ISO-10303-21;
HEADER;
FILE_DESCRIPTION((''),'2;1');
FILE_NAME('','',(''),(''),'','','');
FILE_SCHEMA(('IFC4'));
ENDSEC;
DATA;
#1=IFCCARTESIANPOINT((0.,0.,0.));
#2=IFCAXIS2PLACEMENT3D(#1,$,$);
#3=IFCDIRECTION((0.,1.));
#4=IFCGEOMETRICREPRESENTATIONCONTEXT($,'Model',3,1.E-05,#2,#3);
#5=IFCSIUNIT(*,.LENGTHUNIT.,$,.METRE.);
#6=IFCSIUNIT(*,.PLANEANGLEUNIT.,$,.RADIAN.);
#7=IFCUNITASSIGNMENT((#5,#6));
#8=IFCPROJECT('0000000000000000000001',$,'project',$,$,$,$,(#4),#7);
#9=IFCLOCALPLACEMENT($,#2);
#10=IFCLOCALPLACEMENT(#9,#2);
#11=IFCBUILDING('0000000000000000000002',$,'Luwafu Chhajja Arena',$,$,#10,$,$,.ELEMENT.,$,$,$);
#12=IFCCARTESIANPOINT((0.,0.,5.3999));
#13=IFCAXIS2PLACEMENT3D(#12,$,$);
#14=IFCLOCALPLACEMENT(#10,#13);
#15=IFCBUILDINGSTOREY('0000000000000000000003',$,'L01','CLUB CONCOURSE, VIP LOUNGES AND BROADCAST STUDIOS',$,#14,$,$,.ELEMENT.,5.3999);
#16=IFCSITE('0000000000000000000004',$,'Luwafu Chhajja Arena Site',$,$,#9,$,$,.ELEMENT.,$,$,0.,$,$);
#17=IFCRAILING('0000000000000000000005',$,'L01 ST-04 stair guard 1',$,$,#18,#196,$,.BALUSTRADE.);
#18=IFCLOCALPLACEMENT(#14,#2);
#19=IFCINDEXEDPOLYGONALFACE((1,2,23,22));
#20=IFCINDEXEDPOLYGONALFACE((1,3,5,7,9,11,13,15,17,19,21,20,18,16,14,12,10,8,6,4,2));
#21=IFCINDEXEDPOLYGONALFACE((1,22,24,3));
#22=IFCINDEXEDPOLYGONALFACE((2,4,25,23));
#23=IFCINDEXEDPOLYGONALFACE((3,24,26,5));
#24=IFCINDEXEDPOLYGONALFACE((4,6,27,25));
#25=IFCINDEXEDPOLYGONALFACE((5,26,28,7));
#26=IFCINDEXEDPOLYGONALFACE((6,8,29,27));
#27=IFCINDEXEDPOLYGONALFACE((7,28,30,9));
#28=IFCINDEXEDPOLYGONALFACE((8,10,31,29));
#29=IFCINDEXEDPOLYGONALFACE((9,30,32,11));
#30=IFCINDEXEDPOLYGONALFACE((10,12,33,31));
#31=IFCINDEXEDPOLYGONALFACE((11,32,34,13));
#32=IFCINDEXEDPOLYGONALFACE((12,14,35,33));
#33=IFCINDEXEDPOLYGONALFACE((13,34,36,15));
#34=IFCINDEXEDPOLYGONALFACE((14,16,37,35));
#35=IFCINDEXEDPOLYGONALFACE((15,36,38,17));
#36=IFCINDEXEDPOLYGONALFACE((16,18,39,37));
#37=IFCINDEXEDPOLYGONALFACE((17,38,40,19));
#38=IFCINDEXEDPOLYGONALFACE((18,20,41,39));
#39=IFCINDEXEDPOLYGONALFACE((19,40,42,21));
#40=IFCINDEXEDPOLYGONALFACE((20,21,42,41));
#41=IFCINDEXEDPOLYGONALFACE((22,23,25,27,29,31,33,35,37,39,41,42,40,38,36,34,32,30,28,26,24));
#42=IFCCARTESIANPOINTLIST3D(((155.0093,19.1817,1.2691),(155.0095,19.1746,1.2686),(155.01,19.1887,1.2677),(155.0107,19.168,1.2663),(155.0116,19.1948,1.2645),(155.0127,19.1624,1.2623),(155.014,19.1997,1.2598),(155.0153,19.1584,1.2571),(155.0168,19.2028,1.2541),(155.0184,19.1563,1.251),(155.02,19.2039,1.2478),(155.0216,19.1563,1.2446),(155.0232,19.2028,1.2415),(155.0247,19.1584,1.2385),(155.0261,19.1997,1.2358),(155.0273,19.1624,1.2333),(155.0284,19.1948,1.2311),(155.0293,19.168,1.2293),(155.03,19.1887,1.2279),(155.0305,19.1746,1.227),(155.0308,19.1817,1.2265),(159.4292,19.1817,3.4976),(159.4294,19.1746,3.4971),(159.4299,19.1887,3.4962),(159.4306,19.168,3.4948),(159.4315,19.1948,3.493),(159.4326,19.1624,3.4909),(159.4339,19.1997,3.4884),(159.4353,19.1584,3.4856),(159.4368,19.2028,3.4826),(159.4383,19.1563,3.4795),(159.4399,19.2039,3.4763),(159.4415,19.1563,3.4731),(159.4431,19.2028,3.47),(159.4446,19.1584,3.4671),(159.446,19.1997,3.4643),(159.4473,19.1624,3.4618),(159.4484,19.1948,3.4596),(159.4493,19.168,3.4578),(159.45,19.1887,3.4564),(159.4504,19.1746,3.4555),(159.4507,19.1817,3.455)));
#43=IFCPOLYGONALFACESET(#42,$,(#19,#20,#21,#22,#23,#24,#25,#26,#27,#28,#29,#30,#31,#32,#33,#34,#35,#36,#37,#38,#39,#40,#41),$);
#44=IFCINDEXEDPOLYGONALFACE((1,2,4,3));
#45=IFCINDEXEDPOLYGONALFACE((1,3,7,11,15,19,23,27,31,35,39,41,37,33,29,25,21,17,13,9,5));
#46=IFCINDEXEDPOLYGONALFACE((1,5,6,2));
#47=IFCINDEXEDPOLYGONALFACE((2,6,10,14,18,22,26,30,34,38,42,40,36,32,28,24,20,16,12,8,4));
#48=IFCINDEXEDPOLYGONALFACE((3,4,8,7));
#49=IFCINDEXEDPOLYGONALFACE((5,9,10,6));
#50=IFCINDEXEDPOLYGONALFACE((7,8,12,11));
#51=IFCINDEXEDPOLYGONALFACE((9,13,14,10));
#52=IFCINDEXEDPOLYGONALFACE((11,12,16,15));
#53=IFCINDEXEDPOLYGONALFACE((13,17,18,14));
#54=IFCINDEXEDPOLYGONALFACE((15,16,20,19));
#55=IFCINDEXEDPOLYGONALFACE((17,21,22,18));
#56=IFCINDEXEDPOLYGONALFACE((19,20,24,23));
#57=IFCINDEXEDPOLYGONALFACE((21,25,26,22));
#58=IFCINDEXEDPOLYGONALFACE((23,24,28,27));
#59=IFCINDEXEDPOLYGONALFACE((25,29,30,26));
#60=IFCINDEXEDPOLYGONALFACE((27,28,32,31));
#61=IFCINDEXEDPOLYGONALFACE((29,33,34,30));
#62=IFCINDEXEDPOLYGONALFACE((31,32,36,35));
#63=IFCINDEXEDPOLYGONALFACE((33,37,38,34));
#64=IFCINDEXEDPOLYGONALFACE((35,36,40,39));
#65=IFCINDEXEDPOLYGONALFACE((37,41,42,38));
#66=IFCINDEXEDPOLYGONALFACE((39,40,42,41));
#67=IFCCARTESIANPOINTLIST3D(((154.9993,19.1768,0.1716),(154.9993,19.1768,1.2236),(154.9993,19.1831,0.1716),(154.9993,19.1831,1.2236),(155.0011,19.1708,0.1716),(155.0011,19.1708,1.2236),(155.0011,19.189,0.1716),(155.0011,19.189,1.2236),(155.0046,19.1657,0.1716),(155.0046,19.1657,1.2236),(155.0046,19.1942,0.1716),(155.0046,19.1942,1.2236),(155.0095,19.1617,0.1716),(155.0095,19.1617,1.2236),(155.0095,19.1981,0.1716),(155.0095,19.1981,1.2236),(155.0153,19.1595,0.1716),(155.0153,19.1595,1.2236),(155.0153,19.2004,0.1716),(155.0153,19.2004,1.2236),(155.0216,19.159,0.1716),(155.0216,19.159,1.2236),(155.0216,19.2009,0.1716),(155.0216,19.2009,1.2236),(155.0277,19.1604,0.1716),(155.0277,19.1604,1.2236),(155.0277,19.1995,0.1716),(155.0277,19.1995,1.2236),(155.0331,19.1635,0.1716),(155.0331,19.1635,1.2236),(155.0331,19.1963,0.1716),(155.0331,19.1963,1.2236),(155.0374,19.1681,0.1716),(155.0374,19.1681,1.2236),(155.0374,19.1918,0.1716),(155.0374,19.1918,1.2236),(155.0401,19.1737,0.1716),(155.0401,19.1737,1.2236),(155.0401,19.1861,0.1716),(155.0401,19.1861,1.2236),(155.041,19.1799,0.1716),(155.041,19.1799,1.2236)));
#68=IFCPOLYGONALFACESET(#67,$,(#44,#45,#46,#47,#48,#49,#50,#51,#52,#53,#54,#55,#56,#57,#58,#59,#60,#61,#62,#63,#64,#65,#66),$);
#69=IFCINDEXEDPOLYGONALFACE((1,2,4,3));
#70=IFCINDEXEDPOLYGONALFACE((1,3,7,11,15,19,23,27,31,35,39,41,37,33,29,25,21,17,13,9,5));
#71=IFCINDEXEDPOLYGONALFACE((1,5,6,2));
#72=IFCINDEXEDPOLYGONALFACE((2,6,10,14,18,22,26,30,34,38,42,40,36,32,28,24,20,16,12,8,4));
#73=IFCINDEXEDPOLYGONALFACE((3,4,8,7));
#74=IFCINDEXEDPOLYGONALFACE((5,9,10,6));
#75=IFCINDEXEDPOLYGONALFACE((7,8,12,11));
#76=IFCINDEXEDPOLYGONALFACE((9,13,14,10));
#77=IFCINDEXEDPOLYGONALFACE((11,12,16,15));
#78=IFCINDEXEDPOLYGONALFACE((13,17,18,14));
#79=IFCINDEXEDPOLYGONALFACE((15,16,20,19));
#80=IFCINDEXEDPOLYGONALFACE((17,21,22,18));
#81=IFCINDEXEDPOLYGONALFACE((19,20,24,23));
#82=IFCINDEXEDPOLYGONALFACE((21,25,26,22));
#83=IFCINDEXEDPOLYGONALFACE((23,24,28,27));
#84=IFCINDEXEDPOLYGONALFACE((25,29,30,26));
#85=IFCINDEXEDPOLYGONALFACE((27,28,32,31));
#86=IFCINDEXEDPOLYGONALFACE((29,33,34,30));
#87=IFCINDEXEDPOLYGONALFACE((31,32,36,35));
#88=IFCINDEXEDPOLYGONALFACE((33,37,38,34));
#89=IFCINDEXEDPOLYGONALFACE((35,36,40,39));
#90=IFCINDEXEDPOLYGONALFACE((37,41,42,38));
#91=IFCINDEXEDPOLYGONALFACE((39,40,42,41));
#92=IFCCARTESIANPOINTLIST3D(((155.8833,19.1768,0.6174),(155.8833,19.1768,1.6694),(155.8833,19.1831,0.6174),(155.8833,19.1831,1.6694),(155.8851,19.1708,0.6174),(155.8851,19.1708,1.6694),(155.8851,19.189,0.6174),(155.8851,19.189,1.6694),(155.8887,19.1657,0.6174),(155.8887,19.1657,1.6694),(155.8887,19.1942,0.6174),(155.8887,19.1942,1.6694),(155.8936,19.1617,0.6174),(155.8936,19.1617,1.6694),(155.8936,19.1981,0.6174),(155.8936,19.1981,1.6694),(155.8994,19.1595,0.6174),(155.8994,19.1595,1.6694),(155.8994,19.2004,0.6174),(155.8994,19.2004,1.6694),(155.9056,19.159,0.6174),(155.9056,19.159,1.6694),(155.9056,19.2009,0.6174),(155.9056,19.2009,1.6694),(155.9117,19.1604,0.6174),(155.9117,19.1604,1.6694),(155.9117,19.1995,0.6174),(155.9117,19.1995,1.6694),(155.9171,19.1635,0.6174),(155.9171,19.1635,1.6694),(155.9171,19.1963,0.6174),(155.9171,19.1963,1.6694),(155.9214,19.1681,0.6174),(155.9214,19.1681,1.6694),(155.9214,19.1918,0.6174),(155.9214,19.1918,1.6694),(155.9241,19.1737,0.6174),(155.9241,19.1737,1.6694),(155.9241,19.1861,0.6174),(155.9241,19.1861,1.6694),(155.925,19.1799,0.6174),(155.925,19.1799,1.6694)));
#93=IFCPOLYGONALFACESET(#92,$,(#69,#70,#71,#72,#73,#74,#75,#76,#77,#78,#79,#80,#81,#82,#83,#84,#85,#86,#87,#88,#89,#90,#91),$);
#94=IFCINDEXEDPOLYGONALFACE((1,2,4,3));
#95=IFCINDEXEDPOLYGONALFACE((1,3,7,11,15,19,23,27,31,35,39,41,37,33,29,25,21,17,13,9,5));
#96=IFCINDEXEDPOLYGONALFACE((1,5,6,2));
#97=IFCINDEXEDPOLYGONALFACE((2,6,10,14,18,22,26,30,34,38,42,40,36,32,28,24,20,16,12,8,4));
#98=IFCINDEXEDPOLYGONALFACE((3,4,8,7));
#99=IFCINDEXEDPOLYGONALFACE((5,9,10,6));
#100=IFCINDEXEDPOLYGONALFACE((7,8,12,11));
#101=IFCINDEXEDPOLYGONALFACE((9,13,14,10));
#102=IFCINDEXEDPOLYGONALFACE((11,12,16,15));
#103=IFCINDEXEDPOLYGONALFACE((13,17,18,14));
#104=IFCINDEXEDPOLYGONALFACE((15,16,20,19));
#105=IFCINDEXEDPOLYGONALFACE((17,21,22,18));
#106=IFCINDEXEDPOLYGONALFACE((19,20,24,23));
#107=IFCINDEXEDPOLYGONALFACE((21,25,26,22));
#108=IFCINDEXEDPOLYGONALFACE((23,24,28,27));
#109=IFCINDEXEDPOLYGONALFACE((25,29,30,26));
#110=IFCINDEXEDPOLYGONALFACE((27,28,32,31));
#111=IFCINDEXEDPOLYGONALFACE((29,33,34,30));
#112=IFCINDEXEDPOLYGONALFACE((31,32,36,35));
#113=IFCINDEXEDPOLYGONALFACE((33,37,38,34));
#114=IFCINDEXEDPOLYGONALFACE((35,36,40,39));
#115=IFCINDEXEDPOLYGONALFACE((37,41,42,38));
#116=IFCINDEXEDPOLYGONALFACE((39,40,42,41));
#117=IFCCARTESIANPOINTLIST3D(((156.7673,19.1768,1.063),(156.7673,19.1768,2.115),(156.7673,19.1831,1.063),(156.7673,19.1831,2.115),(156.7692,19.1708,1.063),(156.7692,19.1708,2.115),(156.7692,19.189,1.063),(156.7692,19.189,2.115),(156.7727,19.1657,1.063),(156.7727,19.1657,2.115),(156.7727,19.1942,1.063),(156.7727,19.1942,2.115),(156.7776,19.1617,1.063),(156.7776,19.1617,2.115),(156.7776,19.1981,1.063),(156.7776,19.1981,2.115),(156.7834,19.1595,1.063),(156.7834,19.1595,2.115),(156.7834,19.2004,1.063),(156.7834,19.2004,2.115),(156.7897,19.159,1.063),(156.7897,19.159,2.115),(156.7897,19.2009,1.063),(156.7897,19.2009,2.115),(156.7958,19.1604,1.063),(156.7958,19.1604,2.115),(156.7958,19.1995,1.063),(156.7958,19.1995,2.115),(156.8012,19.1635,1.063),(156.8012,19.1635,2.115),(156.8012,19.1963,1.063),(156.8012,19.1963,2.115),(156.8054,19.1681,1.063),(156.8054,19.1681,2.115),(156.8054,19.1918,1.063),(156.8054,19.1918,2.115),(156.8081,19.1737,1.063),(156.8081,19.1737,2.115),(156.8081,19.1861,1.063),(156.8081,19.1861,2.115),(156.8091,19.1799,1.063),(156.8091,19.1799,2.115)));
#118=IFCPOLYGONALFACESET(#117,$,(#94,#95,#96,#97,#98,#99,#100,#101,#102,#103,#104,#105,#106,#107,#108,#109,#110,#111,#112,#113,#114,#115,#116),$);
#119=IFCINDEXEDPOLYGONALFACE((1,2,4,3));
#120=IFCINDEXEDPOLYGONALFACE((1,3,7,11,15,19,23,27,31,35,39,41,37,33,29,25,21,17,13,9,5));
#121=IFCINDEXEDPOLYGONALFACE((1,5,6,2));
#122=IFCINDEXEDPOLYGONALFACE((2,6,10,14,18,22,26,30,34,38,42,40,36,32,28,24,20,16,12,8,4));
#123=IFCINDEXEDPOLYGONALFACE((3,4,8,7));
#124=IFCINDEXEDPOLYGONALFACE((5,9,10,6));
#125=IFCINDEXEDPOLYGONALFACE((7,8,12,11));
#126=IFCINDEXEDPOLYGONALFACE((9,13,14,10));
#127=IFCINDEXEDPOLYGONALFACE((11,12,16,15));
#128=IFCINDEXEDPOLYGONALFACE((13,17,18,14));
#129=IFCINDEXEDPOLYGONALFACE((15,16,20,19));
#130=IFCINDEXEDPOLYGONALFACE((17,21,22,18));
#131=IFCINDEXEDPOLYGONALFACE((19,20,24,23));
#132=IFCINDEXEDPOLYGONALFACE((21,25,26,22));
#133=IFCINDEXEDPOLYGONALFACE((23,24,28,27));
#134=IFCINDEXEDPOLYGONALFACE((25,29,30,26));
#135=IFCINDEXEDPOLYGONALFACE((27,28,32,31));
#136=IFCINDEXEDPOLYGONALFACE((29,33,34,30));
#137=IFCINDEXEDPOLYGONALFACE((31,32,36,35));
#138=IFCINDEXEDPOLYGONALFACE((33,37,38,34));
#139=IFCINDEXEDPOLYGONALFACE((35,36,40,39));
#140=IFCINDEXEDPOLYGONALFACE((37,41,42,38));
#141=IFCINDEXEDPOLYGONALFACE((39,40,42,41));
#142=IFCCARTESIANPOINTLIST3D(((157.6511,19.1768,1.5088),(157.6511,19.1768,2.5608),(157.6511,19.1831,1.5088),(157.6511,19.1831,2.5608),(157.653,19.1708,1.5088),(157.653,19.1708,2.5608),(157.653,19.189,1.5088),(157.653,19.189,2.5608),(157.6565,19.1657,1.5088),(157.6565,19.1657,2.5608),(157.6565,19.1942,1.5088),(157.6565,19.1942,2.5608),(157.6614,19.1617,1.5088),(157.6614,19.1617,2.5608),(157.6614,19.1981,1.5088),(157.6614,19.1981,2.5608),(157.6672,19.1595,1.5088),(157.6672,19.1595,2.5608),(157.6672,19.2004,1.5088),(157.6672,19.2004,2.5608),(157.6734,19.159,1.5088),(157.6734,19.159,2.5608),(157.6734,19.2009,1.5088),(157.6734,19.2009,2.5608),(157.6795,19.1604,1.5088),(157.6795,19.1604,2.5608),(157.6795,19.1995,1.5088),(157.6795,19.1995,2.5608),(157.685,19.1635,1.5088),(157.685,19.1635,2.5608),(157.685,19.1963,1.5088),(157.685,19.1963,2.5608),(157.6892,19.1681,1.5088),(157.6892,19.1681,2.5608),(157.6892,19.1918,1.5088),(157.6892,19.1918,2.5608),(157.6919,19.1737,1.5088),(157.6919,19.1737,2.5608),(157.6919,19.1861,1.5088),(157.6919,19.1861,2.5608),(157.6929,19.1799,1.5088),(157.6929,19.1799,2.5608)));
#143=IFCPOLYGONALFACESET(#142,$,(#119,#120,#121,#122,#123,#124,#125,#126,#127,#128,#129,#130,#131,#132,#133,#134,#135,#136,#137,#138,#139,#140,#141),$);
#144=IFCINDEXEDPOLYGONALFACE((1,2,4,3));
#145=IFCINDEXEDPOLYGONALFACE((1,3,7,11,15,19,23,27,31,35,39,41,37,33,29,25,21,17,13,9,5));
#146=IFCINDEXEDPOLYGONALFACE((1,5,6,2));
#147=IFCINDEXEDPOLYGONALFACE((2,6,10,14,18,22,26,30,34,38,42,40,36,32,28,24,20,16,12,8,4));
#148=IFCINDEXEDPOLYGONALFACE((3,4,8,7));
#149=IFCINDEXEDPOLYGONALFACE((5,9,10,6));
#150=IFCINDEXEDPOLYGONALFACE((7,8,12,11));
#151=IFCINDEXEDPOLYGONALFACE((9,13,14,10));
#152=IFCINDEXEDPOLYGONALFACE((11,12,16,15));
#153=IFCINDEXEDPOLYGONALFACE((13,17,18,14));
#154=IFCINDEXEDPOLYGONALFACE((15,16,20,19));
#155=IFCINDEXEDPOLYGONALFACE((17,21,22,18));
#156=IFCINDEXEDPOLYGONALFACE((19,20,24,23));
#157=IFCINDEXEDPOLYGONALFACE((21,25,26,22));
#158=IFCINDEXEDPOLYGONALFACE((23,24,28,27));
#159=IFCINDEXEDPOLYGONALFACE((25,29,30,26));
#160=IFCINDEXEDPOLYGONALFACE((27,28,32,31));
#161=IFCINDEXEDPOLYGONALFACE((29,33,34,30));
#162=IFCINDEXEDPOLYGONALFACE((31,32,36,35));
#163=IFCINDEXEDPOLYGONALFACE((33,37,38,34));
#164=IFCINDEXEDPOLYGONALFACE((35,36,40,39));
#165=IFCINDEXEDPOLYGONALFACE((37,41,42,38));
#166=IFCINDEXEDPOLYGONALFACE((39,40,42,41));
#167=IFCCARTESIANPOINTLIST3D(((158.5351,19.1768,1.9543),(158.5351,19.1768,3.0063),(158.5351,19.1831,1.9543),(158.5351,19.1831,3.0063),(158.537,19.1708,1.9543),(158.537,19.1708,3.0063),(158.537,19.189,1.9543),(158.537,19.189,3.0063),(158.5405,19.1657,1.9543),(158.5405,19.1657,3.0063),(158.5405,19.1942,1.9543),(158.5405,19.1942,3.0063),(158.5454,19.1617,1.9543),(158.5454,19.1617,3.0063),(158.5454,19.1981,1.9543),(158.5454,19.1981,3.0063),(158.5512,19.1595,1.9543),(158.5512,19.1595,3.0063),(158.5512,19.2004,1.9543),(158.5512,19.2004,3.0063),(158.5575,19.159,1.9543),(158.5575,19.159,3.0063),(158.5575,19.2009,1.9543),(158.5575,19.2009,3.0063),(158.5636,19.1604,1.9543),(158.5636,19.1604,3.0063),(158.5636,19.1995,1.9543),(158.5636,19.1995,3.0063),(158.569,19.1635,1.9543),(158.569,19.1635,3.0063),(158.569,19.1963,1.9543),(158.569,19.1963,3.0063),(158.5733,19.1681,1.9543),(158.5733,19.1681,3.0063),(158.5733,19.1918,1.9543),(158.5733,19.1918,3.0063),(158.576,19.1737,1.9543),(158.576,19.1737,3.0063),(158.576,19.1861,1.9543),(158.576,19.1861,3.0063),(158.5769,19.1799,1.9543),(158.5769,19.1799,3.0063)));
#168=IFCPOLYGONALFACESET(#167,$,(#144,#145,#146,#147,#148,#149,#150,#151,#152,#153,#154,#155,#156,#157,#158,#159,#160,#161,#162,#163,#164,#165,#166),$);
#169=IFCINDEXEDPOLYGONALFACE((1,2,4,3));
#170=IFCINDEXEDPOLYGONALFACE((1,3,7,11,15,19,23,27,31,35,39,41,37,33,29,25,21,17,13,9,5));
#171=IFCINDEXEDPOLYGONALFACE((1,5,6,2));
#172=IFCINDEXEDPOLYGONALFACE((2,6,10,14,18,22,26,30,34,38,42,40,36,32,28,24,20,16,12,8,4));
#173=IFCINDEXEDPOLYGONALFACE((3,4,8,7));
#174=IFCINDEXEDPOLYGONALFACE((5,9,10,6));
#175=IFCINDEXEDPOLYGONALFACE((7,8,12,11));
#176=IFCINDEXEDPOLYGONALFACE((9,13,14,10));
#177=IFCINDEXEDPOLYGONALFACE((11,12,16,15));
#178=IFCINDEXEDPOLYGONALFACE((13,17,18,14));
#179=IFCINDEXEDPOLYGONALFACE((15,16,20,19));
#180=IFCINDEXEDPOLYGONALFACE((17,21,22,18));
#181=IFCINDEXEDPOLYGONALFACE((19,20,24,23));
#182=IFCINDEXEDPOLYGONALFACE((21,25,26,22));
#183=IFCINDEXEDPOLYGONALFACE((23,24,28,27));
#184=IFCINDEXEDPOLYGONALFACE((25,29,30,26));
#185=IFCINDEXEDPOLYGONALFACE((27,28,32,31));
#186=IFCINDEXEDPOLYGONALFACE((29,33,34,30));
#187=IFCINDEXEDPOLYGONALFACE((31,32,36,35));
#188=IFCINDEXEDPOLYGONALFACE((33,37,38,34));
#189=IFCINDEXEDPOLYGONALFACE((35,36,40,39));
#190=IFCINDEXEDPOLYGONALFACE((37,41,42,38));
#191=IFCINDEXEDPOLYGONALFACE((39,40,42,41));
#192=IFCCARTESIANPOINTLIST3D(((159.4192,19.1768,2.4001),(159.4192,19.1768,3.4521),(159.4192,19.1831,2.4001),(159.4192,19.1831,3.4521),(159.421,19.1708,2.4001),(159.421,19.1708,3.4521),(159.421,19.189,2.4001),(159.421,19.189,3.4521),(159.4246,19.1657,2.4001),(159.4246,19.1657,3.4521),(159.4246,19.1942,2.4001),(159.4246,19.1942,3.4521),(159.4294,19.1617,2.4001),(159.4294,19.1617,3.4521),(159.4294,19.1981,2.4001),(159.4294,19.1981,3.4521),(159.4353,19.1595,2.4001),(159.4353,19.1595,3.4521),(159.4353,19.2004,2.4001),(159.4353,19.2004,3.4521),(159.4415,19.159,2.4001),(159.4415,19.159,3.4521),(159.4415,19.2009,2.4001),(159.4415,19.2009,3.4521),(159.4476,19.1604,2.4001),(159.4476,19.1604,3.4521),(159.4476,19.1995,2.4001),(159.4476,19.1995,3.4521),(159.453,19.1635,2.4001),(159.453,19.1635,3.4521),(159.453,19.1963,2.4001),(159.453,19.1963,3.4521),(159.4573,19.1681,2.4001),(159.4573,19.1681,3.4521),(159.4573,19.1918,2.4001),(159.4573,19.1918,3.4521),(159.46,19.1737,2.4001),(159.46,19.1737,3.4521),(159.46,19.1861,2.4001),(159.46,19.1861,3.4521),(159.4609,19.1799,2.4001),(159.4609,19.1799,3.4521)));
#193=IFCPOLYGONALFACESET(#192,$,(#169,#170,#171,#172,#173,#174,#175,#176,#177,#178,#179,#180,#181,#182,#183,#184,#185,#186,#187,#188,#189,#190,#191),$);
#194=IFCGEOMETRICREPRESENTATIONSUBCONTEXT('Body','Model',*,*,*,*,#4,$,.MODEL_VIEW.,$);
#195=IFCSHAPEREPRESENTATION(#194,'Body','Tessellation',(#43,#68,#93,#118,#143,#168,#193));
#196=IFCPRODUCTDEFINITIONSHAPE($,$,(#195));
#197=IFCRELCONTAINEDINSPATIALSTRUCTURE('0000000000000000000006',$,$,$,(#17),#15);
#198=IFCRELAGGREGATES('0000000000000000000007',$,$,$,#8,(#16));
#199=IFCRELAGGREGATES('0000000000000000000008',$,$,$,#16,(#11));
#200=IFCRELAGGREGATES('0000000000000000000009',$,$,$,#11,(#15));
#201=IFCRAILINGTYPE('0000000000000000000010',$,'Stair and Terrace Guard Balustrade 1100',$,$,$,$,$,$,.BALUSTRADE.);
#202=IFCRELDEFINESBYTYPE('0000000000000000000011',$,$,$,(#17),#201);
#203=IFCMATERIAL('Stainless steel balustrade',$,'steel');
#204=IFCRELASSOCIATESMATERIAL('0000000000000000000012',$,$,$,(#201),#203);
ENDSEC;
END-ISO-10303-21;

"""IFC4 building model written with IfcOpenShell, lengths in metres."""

from ifc_helpers import new_model, si_unit, direction, frame, origin, origin_2d, place, context, subcontext, project, spatial, circle, extrude, material, type_object, element, save


model = new_model("IFC4")

# Units and contexts
model_context = context("Model", 3, precision=1e-05, world=origin(), true_north=direction((0.0, 1.0)))
body_context = subcontext(model_context, "Body", "Model", "MODEL_VIEW")
ifc_project = project(units=[si_unit("LENGTHUNIT", "METRE"), si_unit("PLANEANGLEUNIT", "RADIAN")], contexts=[model_context])

# Site, building, storey
site_placement = place(None, origin())
site = spatial("IfcSite", under=ifc_project, at=site_placement, Name="Luwafu Chhajja Arena Site", CompositionType="ELEMENT", RefElevation=0.0)
building_placement = place(site_placement, origin())
building = spatial("IfcBuilding", under=site, at=building_placement, Name="Luwafu Chhajja Arena", CompositionType="ELEMENT")
storey_placement = place(building_placement, frame((0.0, 0.0, 5.3999)))
storey = spatial("IfcBuildingStorey", under=building, at=storey_placement, Name="L01", Description="CLUB CONCOURSE, VIP LOUNGES AND BROADCAST STUDIOS", CompositionType="ELEMENT", Elevation=5.3999)

# Railing
ifc_material_1 = material(Name="Stainless steel balustrade", Category="steel")
railing_type = type_object("IfcRailingType", Name="Stair and Terrace Guard Balustrade 1100", PredefinedType="BALUSTRADE", material=ifc_material_1)
railing_1_placement = place(storey_placement, frame((155.02, 19.1799, 0.1716)))
element("IfcRailing", 1, at=railing_1_placement, inside=storey, type_object=railing_type, Name="L01 ST-04 stair guard 1", PredefinedType="BALUSTRADE", context=body_context, shape_type="SweptSolid", body=[
    extrude(circle(Radius=0.0239, at=origin_2d()), frame((0.0, 0.0, 1.0762), z_axis=(0.892923, 0.0, 0.45021), x_axis=(0.0, 1.0, 0.0)), (0.0, 0.0, 1.0), 4.95),
    extrude(circle(Radius=0.021, at=origin_2d()), origin(), (0.0, 0.0, 1.0), 1.052),
    extrude(circle(Radius=0.021, at=origin_2d()), frame((0.884, 0.0, 0.4458)), (0.0, 0.0, 1.0), 1.052),
    extrude(circle(Radius=0.021, at=origin_2d()), frame((1.7681, 0.0, 0.8914)), (0.0, 0.0, 1.0), 1.052),
    extrude(circle(Radius=0.021, at=origin_2d()), frame((2.6519, 0.0, 1.3372)), (0.0, 0.0, 1.0), 1.052),
    extrude(circle(Radius=0.021, at=origin_2d()), frame((3.5359, 0.0, 1.7827)), (0.0, 0.0, 1.0), 1.052),
    extrude(circle(Radius=0.021, at=origin_2d()), frame((4.4199, 0.0, 2.2285)), (0.0, 0.0, 1.0), 1.052),
])

save(model, "model.ifc")
